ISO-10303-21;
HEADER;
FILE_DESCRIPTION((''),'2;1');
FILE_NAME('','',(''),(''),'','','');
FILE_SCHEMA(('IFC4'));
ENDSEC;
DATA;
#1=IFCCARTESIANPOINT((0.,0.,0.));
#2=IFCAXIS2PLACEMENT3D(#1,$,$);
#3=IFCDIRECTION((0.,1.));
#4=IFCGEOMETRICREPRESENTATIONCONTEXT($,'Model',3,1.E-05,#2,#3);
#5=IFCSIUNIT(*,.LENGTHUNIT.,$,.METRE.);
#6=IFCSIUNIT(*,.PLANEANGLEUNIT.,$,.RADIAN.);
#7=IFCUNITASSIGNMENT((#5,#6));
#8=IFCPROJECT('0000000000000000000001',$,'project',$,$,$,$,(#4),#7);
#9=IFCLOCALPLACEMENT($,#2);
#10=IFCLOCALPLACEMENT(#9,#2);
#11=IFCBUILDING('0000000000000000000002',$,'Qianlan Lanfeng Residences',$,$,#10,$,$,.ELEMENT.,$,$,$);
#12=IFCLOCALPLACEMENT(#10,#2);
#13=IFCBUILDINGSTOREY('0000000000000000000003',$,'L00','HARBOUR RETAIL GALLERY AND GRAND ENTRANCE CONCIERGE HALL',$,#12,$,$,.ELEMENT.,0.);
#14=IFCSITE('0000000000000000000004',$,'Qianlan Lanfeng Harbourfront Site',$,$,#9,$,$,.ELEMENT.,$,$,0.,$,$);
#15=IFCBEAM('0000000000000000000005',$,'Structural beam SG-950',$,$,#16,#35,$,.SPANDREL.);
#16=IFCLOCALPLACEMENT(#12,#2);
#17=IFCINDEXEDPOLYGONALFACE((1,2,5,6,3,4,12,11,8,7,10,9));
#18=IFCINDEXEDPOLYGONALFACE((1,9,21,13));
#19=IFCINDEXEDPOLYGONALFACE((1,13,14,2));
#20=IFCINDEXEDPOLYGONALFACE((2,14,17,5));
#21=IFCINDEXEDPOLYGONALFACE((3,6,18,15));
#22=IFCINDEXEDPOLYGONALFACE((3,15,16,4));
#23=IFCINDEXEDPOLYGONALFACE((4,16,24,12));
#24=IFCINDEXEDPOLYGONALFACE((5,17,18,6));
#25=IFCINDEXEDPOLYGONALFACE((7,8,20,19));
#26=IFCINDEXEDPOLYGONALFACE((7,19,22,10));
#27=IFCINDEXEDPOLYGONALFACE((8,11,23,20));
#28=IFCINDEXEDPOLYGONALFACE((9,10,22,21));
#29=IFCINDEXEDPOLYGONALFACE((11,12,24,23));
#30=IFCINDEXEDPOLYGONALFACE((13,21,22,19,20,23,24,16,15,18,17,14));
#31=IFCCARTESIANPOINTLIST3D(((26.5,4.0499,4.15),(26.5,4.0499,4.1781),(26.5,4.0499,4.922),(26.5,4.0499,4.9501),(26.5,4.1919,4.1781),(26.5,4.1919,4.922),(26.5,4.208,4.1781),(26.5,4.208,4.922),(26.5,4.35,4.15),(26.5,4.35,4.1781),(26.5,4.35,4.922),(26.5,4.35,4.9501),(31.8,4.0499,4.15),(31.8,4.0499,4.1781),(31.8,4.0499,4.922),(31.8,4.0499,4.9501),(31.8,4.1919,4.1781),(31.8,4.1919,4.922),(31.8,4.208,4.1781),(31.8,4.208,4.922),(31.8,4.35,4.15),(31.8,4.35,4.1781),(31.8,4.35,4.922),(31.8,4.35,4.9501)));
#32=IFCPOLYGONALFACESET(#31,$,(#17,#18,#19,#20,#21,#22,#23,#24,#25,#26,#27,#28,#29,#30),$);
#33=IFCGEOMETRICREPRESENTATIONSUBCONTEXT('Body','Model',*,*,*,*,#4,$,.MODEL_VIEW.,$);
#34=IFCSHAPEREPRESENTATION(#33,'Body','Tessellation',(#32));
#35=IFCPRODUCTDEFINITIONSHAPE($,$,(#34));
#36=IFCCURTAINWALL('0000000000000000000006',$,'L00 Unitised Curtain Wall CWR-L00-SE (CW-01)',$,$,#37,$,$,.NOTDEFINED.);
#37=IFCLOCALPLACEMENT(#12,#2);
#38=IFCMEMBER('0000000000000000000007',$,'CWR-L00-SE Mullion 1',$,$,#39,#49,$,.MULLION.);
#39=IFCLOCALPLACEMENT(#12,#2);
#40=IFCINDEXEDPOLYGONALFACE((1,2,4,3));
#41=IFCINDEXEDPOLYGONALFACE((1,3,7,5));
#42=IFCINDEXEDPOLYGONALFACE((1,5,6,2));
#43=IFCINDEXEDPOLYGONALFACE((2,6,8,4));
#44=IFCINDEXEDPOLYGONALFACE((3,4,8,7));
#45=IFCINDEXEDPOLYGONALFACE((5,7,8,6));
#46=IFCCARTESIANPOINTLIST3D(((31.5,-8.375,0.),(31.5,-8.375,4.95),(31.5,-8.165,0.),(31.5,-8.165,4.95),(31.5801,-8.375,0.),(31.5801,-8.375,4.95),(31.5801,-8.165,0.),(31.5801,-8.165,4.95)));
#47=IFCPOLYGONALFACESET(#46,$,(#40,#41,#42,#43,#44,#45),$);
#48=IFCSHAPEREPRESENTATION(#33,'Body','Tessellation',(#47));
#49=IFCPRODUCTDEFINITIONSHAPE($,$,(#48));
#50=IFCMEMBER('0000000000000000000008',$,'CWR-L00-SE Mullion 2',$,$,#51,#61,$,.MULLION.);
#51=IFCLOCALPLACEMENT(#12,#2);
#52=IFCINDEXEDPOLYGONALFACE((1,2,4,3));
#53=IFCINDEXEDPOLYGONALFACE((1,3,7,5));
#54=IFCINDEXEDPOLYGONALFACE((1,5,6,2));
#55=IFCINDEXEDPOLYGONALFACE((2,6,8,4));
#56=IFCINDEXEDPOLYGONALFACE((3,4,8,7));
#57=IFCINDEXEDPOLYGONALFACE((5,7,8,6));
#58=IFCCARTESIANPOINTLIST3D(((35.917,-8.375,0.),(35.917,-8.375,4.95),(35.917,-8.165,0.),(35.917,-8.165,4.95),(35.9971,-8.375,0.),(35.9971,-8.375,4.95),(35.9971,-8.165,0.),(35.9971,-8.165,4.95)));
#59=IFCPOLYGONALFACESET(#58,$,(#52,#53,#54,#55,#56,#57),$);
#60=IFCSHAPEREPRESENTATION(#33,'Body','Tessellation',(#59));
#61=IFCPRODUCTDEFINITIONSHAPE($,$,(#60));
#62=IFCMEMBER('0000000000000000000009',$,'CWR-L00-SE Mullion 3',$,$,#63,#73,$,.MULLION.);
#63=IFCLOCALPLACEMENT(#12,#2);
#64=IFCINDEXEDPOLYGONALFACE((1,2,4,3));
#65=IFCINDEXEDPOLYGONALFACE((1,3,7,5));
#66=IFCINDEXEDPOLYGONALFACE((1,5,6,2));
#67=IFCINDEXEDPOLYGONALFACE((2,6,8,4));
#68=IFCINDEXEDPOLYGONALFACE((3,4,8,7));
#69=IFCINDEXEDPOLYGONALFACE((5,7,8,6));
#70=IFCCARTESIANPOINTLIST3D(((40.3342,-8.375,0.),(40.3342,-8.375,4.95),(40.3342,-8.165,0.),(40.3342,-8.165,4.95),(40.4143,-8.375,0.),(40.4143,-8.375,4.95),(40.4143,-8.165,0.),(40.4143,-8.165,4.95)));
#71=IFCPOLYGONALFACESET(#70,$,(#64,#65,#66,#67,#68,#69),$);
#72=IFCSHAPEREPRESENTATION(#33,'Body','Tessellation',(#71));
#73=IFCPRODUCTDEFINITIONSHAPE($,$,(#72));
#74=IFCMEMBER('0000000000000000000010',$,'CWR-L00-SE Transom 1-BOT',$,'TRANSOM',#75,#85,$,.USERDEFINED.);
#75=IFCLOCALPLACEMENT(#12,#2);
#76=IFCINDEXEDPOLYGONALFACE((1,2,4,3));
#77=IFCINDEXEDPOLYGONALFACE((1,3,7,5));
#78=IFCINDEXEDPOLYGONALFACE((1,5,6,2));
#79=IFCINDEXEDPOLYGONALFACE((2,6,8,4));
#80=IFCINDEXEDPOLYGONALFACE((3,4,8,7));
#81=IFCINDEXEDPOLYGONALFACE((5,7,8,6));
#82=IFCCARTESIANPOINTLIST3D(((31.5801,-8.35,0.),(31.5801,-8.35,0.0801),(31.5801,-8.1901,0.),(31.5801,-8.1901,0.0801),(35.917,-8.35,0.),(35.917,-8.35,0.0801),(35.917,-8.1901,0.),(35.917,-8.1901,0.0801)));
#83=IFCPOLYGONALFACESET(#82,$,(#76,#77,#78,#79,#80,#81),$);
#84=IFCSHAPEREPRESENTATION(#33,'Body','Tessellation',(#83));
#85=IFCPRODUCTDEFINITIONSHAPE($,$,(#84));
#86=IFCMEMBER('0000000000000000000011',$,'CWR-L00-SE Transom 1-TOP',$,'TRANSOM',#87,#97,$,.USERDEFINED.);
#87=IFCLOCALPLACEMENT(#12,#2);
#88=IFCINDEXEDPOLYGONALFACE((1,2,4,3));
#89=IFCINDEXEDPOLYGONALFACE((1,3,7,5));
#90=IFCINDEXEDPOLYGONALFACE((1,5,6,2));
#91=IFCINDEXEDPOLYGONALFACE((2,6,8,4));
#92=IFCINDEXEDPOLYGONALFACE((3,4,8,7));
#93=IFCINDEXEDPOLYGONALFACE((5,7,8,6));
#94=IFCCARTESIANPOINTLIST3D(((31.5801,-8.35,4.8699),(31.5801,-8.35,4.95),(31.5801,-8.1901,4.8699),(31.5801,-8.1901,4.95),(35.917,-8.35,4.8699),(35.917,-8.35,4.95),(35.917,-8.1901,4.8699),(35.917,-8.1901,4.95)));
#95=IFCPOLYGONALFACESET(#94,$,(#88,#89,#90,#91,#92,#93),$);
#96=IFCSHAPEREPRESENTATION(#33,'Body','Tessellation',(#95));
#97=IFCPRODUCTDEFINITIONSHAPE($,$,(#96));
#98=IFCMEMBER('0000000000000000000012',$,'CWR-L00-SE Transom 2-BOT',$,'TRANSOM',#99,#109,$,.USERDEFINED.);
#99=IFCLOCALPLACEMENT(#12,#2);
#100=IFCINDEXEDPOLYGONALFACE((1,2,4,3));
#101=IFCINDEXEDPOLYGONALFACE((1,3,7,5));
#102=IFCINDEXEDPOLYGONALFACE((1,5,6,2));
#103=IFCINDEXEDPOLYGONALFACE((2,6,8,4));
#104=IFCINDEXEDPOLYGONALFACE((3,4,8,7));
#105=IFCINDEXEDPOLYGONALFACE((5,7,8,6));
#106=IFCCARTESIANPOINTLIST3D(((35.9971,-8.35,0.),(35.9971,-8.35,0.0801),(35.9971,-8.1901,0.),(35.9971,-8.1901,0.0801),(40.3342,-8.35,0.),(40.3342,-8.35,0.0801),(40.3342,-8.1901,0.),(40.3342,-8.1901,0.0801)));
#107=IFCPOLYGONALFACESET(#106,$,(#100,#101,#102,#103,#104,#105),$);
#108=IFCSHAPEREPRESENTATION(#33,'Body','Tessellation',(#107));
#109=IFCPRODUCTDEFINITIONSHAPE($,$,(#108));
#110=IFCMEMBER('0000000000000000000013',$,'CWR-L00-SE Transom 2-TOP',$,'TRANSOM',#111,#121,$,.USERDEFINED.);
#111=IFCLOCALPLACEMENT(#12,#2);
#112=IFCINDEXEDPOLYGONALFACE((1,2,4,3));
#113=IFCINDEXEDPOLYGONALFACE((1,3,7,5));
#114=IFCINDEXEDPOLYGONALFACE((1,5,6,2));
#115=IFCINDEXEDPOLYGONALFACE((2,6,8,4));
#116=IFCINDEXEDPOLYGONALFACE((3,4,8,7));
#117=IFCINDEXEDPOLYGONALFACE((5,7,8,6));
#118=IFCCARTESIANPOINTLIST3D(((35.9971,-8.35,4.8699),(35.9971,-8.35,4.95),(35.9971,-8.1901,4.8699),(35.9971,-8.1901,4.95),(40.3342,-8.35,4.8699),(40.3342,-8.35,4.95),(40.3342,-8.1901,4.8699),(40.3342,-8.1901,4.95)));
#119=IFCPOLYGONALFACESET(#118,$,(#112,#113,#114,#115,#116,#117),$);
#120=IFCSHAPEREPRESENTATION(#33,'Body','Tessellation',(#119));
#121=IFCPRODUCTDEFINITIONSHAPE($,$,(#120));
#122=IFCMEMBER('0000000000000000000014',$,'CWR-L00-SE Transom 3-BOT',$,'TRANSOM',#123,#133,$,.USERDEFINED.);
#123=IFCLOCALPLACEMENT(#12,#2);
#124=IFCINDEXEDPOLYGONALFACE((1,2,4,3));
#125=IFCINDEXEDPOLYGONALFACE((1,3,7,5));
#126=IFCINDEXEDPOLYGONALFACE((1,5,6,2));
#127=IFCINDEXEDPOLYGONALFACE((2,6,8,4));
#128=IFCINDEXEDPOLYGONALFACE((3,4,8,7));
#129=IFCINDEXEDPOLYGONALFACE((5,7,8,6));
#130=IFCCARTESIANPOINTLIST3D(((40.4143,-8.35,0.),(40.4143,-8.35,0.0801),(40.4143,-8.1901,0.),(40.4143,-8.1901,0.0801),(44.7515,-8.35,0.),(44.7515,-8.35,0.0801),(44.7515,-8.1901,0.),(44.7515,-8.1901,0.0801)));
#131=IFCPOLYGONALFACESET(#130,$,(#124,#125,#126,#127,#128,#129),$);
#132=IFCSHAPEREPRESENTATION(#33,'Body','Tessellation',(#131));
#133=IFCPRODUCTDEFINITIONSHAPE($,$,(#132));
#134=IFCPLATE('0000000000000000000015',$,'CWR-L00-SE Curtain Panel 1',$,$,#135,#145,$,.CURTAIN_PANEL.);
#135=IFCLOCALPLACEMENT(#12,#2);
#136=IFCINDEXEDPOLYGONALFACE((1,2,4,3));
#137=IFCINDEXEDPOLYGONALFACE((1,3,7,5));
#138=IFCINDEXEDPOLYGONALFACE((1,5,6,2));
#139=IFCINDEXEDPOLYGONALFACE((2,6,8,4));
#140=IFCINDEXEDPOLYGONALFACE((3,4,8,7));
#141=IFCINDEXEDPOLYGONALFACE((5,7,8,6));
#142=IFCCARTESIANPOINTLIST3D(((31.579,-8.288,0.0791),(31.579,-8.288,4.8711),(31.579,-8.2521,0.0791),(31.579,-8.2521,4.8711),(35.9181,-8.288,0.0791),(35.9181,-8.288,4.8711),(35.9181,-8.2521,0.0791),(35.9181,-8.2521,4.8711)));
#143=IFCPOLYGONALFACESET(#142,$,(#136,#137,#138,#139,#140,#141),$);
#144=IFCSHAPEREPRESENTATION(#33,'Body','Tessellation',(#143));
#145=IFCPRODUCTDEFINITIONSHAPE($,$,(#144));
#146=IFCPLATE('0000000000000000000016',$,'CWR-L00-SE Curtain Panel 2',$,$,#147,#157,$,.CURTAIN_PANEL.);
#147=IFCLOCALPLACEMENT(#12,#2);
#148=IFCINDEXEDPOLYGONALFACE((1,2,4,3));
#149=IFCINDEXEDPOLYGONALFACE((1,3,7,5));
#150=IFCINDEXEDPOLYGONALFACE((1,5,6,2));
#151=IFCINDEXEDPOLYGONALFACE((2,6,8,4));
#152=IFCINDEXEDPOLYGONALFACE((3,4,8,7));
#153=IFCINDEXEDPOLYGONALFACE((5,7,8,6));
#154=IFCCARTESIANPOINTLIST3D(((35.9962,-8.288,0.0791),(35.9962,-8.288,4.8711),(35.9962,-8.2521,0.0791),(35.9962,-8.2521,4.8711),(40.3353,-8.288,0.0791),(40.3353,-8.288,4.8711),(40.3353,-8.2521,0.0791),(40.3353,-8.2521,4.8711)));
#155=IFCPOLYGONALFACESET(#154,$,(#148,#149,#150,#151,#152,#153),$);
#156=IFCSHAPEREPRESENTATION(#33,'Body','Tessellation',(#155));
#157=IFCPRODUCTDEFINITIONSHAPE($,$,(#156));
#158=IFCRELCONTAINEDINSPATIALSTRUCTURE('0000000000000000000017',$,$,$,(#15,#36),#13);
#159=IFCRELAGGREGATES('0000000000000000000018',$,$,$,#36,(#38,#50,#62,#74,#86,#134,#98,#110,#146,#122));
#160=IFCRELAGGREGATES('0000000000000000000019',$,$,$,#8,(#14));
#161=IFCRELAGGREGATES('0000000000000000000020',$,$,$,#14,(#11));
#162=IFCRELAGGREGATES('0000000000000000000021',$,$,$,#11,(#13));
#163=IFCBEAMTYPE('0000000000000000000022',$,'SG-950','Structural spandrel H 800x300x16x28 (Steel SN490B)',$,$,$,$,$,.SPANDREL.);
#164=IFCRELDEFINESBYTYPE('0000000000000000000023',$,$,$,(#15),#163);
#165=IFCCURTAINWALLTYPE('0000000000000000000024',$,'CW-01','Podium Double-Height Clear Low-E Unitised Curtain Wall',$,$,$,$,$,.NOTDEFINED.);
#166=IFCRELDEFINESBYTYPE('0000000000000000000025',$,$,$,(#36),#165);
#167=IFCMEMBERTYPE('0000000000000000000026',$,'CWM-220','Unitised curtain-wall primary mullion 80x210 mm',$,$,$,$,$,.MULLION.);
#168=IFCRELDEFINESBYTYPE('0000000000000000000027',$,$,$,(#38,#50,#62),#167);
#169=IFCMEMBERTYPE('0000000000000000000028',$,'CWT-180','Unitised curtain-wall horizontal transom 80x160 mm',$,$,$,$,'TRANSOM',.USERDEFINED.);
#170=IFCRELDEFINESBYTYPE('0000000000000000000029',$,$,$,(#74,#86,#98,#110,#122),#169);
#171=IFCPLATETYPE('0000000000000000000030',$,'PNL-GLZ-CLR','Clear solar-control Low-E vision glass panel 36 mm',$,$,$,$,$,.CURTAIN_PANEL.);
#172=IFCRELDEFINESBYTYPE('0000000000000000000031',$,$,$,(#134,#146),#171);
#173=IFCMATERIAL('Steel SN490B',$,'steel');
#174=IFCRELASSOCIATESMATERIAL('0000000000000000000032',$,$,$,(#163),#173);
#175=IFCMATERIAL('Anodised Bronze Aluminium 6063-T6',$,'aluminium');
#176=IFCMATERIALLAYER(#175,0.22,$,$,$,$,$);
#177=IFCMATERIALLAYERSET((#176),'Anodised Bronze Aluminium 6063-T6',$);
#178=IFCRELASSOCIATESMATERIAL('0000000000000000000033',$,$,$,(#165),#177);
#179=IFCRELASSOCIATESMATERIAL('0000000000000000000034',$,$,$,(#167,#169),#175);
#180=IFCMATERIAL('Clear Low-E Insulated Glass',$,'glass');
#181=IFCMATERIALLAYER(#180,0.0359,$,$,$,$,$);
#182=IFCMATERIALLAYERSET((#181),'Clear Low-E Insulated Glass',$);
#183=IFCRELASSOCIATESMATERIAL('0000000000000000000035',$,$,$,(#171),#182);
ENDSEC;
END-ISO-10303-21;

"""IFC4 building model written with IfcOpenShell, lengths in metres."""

from ifc_helpers import new_model, si_unit, direction, frame, origin, origin_2d, place, context, subcontext, project, spatial, rectangle, i_section, extrude, source, transform, mapped, material, layer, layer_set, material_profile, profile_set, type_object, element, aggregate, save


model = new_model("IFC4")

# Units and contexts
model_context = context("Model", 3, precision=1e-05, world=origin(), true_north=direction((0.0, 1.0)))
body_context = subcontext(model_context, "Body", "Model", "MODEL_VIEW")
ifc_project = project(units=[si_unit("LENGTHUNIT", "METRE"), si_unit("PLANEANGLEUNIT", "RADIAN")], contexts=[model_context])

# Site, building, storey
site_placement = place(None, origin())
site = spatial("IfcSite", under=ifc_project, at=site_placement, Name="Qianlan Lanfeng Harbourfront Site", CompositionType="ELEMENT", RefElevation=0.0)
building_placement = place(site_placement, origin())
building = spatial("IfcBuilding", under=site, at=building_placement, Name="Qianlan Lanfeng Residences", CompositionType="ELEMENT")
storey_placement = place(building_placement, origin())
storey = spatial("IfcBuildingStorey", under=building, at=storey_placement, Name="L00", Description="HARBOUR RETAIL GALLERY AND GRAND ENTRANCE CONCIERGE HALL", CompositionType="ELEMENT", Elevation=0.0)

# Shared definitions
ifc_material_1 = material(Name="Steel SN490B", Category="steel")

# Beam
ifc_material_profile_1 = material_profile(ifc_material_1, i_section(OverallWidth=0.3, OverallDepth=0.8, WebThickness=0.0161, FlangeThickness=0.0281, at=origin_2d()), Name="H 800x300x16x28")
ifc_profile_set_1 = profile_set([ifc_material_profile_1], Name="Steel SN490B")
beam_type_1 = type_object("IfcBeamType", Name="SG-950", Description="Structural spandrel H 800x300x16x28 (Steel SN490B)", PredefinedType="SPANDREL", material=ifc_profile_set_1)
beam_1_placement = place(storey_placement, frame((26.5, 4.2, 4.55), z_axis=(1.0, 0.0, 0.0), x_axis=(0.0, 1.0, 0.0)))
element("IfcBeam", 1, at=beam_1_placement, inside=storey, type_object=beam_type_1, Name="Structural beam SG-950", PredefinedType="SPANDREL", context=body_context, shape_type="SweptSolid", body=[
    extrude(i_section(OverallWidth=0.3, OverallDepth=0.8, WebThickness=0.0161, FlangeThickness=0.0281, at=origin_2d()), origin(), (0.0, 0.0, 1.0), 5.3),
])

# Curtain wall, members, plates
ifc_material_2 = material(Name="Anodised Bronze Aluminium 6063-T6", Category="aluminium")
ifc_layer_1 = layer(ifc_material_2, 0.22)
ifc_layer_set_1 = layer_set([ifc_layer_1], Name="Anodised Bronze Aluminium 6063-T6")
curtain_wall_type = type_object("IfcCurtainWallType", Name="CW-01", Description="Podium Double-Height Clear Low-E Unitised Curtain Wall", PredefinedType="NOTDEFINED", material=ifc_layer_set_1)
curtain_wall_placement = place(storey_placement, origin())
curtain_wall = element("IfcCurtainWall", 2, at=curtain_wall_placement, inside=storey, type_object=curtain_wall_type, Name="L00 Unitised Curtain Wall CWR-L00-SE (CW-01)", PredefinedType="NOTDEFINED")
ifc_material_profile_2 = material_profile(ifc_material_2, rectangle(XDim=0.0801, YDim=0.21, at=origin_2d()), Name="ALU MULLION 80x210")
ifc_profile_set_2 = profile_set([ifc_material_profile_2], Name="Anodised Bronze Aluminium 6063-T6")
member_type_1 = type_object("IfcMemberType", Name="CWM-220", Description="Unitised curtain-wall primary mullion 80x210 mm", PredefinedType="MULLION", material=ifc_profile_set_2)
shared_shape_1 = source(origin(), body_context, "Body", "SweptSolid", [
    extrude(rectangle(XDim=0.0801, YDim=0.21, at=origin_2d()), origin(), (0.0, 0.0, 1.0), 4.95),
])
member_1_placement = place(storey_placement, frame((31.54, -8.27, 0.0), z_axis=(0.0, 0.0, 1.0), x_axis=(1.0, 0.0, 0.0)))
member_1 = element("IfcMember", 3, at=member_1_placement, type_object=member_type_1, Name="CWR-L00-SE Mullion 1", PredefinedType="MULLION", context=body_context, shape_type="MappedRepresentation", body=[
    mapped(shared_shape_1, transform((0.0, 0.0, 0.0), scale=1.0)),
])
member_2_placement = place(storey_placement, frame((35.957, -8.27, 0.0), z_axis=(0.0, 0.0, 1.0), x_axis=(1.0, 0.0, 0.0)))
member_2 = element("IfcMember", 4, at=member_2_placement, type_object=member_type_1, Name="CWR-L00-SE Mullion 2", PredefinedType="MULLION", context=body_context, shape_type="MappedRepresentation", body=[
    mapped(shared_shape_1, transform((0.0, 0.0, 0.0), scale=1.0)),
])
member_3_placement = place(storey_placement, frame((40.3743, -8.27, 0.0), z_axis=(0.0, 0.0, 1.0), x_axis=(1.0, 0.0, 0.0)))
member_3 = element("IfcMember", 5, at=member_3_placement, type_object=member_type_1, Name="CWR-L00-SE Mullion 3", PredefinedType="MULLION", context=body_context, shape_type="MappedRepresentation", body=[
    mapped(shared_shape_1, transform((0.0, 0.0, 0.0), scale=1.0)),
])
ifc_material_profile_3 = material_profile(ifc_material_2, rectangle(XDim=0.0801, YDim=0.1599, at=origin_2d()), Name="ALU TRANSOM 80x160")
ifc_profile_set_3 = profile_set([ifc_material_profile_3], Name="Anodised Bronze Aluminium 6063-T6")
member_type_2 = type_object("IfcMemberType", Name="CWT-180", Description="Unitised curtain-wall horizontal transom 80x160 mm", ElementType="TRANSOM", PredefinedType="USERDEFINED", material=ifc_profile_set_3)
shared_shape_2 = source(origin(), body_context, "Body", "SweptSolid", [
    extrude(rectangle(XDim=0.0801, YDim=0.1599, at=origin_2d()), origin(), (0.0, 0.0, 1.0), 4.3369),
])
member_4_placement = place(storey_placement, frame((31.5801, -8.27, 0.04), z_axis=(1.0, 0.0, 0.0), x_axis=(0.0, 0.0, 1.0)))
member_4 = element("IfcMember", 6, at=member_4_placement, type_object=member_type_2, Name="CWR-L00-SE Transom 1-BOT", ObjectType="TRANSOM", PredefinedType="USERDEFINED", context=body_context, shape_type="MappedRepresentation", body=[
    mapped(shared_shape_2, transform((0.0, 0.0, 0.0), scale=1.0)),
])
member_5_placement = place(storey_placement, frame((31.5801, -8.27, 4.9099), z_axis=(1.0, 0.0, 0.0), x_axis=(0.0, 0.0, 1.0)))
member_5 = element("IfcMember", 7, at=member_5_placement, type_object=member_type_2, Name="CWR-L00-SE Transom 1-TOP", ObjectType="TRANSOM", PredefinedType="USERDEFINED", context=body_context, shape_type="MappedRepresentation", body=[
    mapped(shared_shape_2, transform((0.0, 0.0, 0.0), scale=1.0)),
])
shared_shape_3 = source(origin(), body_context, "Body", "SweptSolid", [
    extrude(rectangle(XDim=0.0801, YDim=0.1599, at=origin_2d()), origin(), (0.0, 0.0, 1.0), 4.3372),
])
member_6_placement = place(storey_placement, frame((35.9971, -8.27, 0.04), z_axis=(1.0, 0.0, 0.0), x_axis=(0.0, 0.0, 1.0)))
member_6 = element("IfcMember", 8, at=member_6_placement, type_object=member_type_2, Name="CWR-L00-SE Transom 2-BOT", ObjectType="TRANSOM", PredefinedType="USERDEFINED", context=body_context, shape_type="MappedRepresentation", body=[
    mapped(shared_shape_3, transform((0.0, 0.0, 0.0), scale=1.0)),
])
member_7_placement = place(storey_placement, frame((35.9971, -8.27, 4.9099), z_axis=(1.0, 0.0, 0.0), x_axis=(0.0, 0.0, 1.0)))
member_7 = element("IfcMember", 9, at=member_7_placement, type_object=member_type_2, Name="CWR-L00-SE Transom 2-TOP", ObjectType="TRANSOM", PredefinedType="USERDEFINED", context=body_context, shape_type="MappedRepresentation", body=[
    mapped(shared_shape_3, transform((0.0, 0.0, 0.0), scale=1.0)),
])
member_8_placement = place(storey_placement, frame((40.4143, -8.27, 0.04), z_axis=(1.0, 0.0, 0.0), x_axis=(0.0, 0.0, 1.0)))
member_8 = element("IfcMember", 10, at=member_8_placement, type_object=member_type_2, Name="CWR-L00-SE Transom 3-BOT", ObjectType="TRANSOM", PredefinedType="USERDEFINED", context=body_context, shape_type="MappedRepresentation", body=[
    mapped(shared_shape_3, transform((0.0, 0.0, 0.0), scale=1.0)),
])
ifc_material_3 = material(Name="Clear Low-E Insulated Glass", Category="glass")
ifc_layer_2 = layer(ifc_material_3, 0.0359)
ifc_layer_set_2 = layer_set([ifc_layer_2], Name="Clear Low-E Insulated Glass")
plate_type = type_object("IfcPlateType", Name="PNL-GLZ-CLR", Description="Clear solar-control Low-E vision glass panel 36 mm", PredefinedType="CURTAIN_PANEL", material=ifc_layer_set_2)
shared_shape_4 = source(origin(), body_context, "Body", "SweptSolid", [
    extrude(rectangle(XDim=4.3391, YDim=0.0359, at=origin_2d()), origin(), (0.0, 0.0, 1.0), 4.792),
])
plate_1_placement = place(storey_placement, frame((33.7485, -8.27, 0.0791), z_axis=(0.0, 0.0, 1.0), x_axis=(1.0, 0.0, 0.0)))
plate_1 = element("IfcPlate", 11, at=plate_1_placement, type_object=plate_type, Name="CWR-L00-SE Curtain Panel 1", PredefinedType="CURTAIN_PANEL", context=body_context, shape_type="MappedRepresentation", body=[
    mapped(shared_shape_4, transform((0.0, 0.0, 0.0), scale=1.0)),
])
plate_2_placement = place(storey_placement, frame((38.1658, -8.27, 0.0791), z_axis=(0.0, 0.0, 1.0), x_axis=(1.0, 0.0, 0.0)))
plate_2 = element("IfcPlate", 12, at=plate_2_placement, type_object=plate_type, Name="CWR-L00-SE Curtain Panel 2", PredefinedType="CURTAIN_PANEL", context=body_context, shape_type="MappedRepresentation", body=[
    mapped(shared_shape_4, transform((0.0, 0.0, 0.0), scale=1.0)),
])
aggregate(curtain_wall, [member_1, member_2, member_3, member_4, member_5, plate_1, member_6, member_7, plate_2, member_8])

save(model, "model.ifc")
